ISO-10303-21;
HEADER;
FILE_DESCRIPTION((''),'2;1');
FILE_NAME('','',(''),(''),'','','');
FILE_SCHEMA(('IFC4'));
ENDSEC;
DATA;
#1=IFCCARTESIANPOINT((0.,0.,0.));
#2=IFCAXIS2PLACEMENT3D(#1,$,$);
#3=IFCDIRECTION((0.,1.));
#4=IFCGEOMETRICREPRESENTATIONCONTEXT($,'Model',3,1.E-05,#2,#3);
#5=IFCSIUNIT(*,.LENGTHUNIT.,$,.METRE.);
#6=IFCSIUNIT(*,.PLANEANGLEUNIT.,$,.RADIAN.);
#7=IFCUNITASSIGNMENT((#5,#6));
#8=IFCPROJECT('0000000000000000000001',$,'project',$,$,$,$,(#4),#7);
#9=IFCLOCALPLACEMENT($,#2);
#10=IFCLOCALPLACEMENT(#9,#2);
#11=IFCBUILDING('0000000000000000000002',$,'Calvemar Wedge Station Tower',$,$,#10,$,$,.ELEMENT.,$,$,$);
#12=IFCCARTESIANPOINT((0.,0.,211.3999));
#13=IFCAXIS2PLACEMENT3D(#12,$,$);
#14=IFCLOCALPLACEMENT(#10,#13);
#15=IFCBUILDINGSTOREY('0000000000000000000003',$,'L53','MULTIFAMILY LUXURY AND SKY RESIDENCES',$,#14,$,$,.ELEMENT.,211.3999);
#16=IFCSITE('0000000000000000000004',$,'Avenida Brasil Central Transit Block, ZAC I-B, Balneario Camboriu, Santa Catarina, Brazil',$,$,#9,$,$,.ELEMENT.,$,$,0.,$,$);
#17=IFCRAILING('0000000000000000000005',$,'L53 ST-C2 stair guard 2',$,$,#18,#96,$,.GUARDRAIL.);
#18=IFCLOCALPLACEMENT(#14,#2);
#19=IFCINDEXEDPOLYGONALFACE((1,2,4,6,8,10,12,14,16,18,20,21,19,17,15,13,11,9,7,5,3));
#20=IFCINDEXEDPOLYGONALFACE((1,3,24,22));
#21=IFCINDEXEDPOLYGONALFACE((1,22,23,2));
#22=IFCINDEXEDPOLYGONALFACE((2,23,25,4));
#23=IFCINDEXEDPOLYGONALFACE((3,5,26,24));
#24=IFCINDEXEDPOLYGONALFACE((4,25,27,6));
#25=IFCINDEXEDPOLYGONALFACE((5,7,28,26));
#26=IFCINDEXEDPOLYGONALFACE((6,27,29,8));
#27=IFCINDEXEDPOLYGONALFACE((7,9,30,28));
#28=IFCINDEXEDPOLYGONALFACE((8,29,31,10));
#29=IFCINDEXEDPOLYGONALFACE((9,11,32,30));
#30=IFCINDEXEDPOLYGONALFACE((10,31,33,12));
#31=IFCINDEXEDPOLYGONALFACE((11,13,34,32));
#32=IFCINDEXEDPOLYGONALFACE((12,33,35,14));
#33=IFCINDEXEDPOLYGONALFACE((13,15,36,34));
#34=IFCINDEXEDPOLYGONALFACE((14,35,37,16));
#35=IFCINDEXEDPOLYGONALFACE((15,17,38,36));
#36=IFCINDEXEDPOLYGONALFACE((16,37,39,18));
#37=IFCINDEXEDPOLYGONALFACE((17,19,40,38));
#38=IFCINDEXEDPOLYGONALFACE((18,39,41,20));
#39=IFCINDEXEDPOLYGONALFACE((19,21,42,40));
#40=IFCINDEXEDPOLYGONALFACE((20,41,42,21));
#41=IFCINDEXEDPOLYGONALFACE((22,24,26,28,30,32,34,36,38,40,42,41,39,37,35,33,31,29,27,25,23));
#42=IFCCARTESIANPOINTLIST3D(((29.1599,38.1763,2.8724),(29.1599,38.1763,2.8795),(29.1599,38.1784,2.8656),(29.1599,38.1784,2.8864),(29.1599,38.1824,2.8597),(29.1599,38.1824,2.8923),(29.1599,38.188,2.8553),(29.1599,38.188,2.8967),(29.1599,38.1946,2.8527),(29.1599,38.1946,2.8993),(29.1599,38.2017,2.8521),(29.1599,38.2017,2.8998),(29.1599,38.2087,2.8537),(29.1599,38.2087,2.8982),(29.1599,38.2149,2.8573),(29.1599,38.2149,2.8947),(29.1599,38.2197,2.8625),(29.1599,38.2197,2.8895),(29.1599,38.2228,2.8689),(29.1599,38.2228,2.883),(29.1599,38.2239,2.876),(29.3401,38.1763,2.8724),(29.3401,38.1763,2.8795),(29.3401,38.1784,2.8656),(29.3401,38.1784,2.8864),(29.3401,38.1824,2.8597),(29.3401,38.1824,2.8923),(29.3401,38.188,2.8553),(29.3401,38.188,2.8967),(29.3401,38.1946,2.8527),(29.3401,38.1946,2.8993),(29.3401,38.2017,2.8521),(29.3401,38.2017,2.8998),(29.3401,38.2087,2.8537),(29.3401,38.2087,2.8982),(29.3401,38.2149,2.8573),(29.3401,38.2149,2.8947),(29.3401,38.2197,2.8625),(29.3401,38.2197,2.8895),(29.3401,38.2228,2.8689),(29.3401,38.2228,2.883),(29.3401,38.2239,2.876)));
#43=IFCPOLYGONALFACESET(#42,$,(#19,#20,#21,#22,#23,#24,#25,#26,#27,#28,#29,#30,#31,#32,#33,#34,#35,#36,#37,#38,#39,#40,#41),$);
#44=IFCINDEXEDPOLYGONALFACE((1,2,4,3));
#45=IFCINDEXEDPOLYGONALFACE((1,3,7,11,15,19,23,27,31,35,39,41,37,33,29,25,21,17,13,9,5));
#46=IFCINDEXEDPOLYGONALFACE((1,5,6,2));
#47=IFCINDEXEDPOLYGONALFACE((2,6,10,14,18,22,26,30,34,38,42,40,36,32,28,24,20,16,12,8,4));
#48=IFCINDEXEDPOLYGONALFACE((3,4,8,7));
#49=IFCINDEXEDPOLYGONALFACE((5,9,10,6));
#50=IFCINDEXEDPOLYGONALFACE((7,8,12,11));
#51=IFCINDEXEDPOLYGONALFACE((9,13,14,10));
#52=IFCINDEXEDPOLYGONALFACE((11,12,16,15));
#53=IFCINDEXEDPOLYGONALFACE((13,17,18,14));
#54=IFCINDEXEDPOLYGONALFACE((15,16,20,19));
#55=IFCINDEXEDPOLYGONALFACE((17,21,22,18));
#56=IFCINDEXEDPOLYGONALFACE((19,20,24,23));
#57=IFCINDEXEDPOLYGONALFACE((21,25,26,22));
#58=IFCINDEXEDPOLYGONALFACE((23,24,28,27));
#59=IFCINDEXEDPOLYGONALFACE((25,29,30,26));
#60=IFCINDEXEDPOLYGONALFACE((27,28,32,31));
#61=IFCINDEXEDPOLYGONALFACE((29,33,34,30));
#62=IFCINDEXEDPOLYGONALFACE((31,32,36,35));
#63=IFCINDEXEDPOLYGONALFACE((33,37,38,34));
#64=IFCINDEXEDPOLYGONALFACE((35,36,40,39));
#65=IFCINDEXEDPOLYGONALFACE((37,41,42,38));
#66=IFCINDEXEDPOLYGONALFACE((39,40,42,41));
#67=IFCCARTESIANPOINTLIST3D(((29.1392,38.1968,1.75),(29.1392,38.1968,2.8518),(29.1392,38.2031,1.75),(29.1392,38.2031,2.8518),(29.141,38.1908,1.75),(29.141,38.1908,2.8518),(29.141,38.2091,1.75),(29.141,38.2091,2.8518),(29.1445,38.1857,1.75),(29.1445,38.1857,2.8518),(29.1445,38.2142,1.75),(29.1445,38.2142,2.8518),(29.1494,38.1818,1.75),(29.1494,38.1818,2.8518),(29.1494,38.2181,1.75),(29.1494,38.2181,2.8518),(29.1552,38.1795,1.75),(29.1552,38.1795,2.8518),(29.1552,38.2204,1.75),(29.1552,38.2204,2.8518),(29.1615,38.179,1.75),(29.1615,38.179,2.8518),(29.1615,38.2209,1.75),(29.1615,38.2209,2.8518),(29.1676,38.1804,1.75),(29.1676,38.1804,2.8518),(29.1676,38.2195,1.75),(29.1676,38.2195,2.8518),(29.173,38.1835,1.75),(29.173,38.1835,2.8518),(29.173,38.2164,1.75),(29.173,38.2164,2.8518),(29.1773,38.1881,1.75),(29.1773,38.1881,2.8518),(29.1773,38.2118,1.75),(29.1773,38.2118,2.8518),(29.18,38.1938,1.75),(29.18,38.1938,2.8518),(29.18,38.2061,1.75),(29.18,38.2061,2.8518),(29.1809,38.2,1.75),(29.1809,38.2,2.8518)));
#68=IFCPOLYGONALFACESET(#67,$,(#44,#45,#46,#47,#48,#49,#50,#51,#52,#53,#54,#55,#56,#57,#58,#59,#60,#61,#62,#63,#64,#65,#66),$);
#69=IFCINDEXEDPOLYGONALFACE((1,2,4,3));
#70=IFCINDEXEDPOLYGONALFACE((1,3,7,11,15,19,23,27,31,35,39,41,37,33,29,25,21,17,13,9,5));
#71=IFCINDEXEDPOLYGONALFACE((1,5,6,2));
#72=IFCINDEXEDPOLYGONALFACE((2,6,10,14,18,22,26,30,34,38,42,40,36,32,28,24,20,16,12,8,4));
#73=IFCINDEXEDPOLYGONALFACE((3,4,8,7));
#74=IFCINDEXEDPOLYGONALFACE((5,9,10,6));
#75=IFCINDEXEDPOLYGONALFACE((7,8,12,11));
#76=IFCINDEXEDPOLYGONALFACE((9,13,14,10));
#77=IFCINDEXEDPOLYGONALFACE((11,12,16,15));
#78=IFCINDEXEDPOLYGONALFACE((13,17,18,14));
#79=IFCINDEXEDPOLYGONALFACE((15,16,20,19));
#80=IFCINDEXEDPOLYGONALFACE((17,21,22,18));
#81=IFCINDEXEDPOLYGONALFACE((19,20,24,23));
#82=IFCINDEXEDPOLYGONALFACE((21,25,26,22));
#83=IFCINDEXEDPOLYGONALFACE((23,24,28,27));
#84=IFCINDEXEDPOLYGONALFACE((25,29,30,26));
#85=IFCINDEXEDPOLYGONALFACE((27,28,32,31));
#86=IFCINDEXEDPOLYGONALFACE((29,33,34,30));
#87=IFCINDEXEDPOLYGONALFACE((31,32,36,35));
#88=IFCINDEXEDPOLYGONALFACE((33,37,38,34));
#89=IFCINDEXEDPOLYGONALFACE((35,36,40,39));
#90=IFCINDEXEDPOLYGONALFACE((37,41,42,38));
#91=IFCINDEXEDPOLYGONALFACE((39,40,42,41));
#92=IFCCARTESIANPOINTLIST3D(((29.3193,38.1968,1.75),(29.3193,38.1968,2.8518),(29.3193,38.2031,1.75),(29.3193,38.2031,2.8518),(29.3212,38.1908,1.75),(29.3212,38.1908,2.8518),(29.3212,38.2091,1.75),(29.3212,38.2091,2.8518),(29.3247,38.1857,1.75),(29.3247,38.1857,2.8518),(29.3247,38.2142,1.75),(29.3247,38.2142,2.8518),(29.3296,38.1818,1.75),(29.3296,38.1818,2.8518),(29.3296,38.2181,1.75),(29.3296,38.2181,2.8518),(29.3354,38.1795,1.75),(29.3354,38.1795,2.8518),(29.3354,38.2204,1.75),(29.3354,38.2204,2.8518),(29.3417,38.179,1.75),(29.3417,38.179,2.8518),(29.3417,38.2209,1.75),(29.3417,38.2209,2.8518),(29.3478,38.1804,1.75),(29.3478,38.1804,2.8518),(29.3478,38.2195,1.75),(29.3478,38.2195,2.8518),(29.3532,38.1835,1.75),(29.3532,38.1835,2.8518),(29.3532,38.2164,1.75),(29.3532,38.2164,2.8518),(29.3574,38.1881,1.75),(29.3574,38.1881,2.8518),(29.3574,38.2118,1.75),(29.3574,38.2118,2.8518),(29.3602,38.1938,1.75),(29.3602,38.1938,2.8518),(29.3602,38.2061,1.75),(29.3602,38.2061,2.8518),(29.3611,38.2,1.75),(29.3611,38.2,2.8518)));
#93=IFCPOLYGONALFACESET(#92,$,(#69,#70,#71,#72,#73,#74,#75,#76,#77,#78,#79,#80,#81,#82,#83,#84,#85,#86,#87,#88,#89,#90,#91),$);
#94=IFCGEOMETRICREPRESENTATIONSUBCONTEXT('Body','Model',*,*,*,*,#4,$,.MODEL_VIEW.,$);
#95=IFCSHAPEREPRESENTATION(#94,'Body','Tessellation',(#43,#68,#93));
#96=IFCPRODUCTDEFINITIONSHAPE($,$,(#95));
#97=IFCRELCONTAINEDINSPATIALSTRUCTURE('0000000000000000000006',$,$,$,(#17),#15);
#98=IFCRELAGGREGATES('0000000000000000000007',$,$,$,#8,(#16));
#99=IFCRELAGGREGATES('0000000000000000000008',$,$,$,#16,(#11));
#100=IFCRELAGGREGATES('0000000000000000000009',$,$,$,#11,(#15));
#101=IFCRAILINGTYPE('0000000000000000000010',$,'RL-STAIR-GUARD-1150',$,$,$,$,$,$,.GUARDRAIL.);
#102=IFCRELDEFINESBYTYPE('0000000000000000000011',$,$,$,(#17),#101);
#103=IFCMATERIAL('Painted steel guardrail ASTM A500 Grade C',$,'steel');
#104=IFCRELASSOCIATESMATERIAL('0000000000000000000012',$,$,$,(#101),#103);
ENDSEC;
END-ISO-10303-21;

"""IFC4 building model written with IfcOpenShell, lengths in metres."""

from ifc_helpers import new_model, si_unit, direction, frame, origin, origin_2d, place, context, subcontext, project, spatial, circle, extrude, material, type_object, element, save


model = new_model("IFC4")

# Units and contexts
model_context = context("Model", 3, precision=1e-05, world=origin(), true_north=direction((0.0, 1.0)))
body_context = subcontext(model_context, "Body", "Model", "MODEL_VIEW")
ifc_project = project(units=[si_unit("LENGTHUNIT", "METRE"), si_unit("PLANEANGLEUNIT", "RADIAN")], contexts=[model_context])

# Site, building, storey
site_placement = place(None, origin())
site = spatial("IfcSite", under=ifc_project, at=site_placement, Name="Avenida Brasil Central Transit Block, ZAC I-B, Balneario Camboriu, Santa Catarina, Brazil", CompositionType="ELEMENT", RefElevation=0.0)
building_placement = place(site_placement, origin())
building = spatial("IfcBuilding", under=site, at=building_placement, Name="Calvemar Wedge Station Tower", CompositionType="ELEMENT")
storey_placement = place(building_placement, frame((0.0, 0.0, 211.3999)))
storey = spatial("IfcBuildingStorey", under=building, at=storey_placement, Name="L53", Description="MULTIFAMILY LUXURY AND SKY RESIDENCES", CompositionType="ELEMENT", Elevation=211.3999)

# Railing
ifc_material_1 = material(Name="Painted steel guardrail ASTM A500 Grade C", Category="steel")
railing_type_1 = type_object("IfcRailingType", Name="RL-STAIR-GUARD-1150", PredefinedType="GUARDRAIL", material=ifc_material_1)
railing_1_placement = place(storey_placement, frame((29.1599, 38.2, 1.75)))
element("IfcRailing", 1, at=railing_1_placement, inside=storey, type_object=railing_type_1, Name="L53 ST-C2 stair guard 2", PredefinedType="GUARDRAIL", context=body_context, shape_type="SweptSolid", body=[
    extrude(circle(Radius=0.0239, at=origin_2d()), frame((0.0, 0.0, 1.126), z_axis=(1.0, 0.0, 0.0), x_axis=(0.0, 1.0, 0.0)), (0.0, 0.0, 1.0), 0.1802),
    extrude(circle(Radius=0.021, at=origin_2d()), origin(), (0.0, 0.0, 1.0), 1.1018),
    extrude(circle(Radius=0.021, at=origin_2d()), frame((0.1802, 0.0, 0.0)), (0.0, 0.0, 1.0), 1.1018),
])

save(model, "model.ifc")
